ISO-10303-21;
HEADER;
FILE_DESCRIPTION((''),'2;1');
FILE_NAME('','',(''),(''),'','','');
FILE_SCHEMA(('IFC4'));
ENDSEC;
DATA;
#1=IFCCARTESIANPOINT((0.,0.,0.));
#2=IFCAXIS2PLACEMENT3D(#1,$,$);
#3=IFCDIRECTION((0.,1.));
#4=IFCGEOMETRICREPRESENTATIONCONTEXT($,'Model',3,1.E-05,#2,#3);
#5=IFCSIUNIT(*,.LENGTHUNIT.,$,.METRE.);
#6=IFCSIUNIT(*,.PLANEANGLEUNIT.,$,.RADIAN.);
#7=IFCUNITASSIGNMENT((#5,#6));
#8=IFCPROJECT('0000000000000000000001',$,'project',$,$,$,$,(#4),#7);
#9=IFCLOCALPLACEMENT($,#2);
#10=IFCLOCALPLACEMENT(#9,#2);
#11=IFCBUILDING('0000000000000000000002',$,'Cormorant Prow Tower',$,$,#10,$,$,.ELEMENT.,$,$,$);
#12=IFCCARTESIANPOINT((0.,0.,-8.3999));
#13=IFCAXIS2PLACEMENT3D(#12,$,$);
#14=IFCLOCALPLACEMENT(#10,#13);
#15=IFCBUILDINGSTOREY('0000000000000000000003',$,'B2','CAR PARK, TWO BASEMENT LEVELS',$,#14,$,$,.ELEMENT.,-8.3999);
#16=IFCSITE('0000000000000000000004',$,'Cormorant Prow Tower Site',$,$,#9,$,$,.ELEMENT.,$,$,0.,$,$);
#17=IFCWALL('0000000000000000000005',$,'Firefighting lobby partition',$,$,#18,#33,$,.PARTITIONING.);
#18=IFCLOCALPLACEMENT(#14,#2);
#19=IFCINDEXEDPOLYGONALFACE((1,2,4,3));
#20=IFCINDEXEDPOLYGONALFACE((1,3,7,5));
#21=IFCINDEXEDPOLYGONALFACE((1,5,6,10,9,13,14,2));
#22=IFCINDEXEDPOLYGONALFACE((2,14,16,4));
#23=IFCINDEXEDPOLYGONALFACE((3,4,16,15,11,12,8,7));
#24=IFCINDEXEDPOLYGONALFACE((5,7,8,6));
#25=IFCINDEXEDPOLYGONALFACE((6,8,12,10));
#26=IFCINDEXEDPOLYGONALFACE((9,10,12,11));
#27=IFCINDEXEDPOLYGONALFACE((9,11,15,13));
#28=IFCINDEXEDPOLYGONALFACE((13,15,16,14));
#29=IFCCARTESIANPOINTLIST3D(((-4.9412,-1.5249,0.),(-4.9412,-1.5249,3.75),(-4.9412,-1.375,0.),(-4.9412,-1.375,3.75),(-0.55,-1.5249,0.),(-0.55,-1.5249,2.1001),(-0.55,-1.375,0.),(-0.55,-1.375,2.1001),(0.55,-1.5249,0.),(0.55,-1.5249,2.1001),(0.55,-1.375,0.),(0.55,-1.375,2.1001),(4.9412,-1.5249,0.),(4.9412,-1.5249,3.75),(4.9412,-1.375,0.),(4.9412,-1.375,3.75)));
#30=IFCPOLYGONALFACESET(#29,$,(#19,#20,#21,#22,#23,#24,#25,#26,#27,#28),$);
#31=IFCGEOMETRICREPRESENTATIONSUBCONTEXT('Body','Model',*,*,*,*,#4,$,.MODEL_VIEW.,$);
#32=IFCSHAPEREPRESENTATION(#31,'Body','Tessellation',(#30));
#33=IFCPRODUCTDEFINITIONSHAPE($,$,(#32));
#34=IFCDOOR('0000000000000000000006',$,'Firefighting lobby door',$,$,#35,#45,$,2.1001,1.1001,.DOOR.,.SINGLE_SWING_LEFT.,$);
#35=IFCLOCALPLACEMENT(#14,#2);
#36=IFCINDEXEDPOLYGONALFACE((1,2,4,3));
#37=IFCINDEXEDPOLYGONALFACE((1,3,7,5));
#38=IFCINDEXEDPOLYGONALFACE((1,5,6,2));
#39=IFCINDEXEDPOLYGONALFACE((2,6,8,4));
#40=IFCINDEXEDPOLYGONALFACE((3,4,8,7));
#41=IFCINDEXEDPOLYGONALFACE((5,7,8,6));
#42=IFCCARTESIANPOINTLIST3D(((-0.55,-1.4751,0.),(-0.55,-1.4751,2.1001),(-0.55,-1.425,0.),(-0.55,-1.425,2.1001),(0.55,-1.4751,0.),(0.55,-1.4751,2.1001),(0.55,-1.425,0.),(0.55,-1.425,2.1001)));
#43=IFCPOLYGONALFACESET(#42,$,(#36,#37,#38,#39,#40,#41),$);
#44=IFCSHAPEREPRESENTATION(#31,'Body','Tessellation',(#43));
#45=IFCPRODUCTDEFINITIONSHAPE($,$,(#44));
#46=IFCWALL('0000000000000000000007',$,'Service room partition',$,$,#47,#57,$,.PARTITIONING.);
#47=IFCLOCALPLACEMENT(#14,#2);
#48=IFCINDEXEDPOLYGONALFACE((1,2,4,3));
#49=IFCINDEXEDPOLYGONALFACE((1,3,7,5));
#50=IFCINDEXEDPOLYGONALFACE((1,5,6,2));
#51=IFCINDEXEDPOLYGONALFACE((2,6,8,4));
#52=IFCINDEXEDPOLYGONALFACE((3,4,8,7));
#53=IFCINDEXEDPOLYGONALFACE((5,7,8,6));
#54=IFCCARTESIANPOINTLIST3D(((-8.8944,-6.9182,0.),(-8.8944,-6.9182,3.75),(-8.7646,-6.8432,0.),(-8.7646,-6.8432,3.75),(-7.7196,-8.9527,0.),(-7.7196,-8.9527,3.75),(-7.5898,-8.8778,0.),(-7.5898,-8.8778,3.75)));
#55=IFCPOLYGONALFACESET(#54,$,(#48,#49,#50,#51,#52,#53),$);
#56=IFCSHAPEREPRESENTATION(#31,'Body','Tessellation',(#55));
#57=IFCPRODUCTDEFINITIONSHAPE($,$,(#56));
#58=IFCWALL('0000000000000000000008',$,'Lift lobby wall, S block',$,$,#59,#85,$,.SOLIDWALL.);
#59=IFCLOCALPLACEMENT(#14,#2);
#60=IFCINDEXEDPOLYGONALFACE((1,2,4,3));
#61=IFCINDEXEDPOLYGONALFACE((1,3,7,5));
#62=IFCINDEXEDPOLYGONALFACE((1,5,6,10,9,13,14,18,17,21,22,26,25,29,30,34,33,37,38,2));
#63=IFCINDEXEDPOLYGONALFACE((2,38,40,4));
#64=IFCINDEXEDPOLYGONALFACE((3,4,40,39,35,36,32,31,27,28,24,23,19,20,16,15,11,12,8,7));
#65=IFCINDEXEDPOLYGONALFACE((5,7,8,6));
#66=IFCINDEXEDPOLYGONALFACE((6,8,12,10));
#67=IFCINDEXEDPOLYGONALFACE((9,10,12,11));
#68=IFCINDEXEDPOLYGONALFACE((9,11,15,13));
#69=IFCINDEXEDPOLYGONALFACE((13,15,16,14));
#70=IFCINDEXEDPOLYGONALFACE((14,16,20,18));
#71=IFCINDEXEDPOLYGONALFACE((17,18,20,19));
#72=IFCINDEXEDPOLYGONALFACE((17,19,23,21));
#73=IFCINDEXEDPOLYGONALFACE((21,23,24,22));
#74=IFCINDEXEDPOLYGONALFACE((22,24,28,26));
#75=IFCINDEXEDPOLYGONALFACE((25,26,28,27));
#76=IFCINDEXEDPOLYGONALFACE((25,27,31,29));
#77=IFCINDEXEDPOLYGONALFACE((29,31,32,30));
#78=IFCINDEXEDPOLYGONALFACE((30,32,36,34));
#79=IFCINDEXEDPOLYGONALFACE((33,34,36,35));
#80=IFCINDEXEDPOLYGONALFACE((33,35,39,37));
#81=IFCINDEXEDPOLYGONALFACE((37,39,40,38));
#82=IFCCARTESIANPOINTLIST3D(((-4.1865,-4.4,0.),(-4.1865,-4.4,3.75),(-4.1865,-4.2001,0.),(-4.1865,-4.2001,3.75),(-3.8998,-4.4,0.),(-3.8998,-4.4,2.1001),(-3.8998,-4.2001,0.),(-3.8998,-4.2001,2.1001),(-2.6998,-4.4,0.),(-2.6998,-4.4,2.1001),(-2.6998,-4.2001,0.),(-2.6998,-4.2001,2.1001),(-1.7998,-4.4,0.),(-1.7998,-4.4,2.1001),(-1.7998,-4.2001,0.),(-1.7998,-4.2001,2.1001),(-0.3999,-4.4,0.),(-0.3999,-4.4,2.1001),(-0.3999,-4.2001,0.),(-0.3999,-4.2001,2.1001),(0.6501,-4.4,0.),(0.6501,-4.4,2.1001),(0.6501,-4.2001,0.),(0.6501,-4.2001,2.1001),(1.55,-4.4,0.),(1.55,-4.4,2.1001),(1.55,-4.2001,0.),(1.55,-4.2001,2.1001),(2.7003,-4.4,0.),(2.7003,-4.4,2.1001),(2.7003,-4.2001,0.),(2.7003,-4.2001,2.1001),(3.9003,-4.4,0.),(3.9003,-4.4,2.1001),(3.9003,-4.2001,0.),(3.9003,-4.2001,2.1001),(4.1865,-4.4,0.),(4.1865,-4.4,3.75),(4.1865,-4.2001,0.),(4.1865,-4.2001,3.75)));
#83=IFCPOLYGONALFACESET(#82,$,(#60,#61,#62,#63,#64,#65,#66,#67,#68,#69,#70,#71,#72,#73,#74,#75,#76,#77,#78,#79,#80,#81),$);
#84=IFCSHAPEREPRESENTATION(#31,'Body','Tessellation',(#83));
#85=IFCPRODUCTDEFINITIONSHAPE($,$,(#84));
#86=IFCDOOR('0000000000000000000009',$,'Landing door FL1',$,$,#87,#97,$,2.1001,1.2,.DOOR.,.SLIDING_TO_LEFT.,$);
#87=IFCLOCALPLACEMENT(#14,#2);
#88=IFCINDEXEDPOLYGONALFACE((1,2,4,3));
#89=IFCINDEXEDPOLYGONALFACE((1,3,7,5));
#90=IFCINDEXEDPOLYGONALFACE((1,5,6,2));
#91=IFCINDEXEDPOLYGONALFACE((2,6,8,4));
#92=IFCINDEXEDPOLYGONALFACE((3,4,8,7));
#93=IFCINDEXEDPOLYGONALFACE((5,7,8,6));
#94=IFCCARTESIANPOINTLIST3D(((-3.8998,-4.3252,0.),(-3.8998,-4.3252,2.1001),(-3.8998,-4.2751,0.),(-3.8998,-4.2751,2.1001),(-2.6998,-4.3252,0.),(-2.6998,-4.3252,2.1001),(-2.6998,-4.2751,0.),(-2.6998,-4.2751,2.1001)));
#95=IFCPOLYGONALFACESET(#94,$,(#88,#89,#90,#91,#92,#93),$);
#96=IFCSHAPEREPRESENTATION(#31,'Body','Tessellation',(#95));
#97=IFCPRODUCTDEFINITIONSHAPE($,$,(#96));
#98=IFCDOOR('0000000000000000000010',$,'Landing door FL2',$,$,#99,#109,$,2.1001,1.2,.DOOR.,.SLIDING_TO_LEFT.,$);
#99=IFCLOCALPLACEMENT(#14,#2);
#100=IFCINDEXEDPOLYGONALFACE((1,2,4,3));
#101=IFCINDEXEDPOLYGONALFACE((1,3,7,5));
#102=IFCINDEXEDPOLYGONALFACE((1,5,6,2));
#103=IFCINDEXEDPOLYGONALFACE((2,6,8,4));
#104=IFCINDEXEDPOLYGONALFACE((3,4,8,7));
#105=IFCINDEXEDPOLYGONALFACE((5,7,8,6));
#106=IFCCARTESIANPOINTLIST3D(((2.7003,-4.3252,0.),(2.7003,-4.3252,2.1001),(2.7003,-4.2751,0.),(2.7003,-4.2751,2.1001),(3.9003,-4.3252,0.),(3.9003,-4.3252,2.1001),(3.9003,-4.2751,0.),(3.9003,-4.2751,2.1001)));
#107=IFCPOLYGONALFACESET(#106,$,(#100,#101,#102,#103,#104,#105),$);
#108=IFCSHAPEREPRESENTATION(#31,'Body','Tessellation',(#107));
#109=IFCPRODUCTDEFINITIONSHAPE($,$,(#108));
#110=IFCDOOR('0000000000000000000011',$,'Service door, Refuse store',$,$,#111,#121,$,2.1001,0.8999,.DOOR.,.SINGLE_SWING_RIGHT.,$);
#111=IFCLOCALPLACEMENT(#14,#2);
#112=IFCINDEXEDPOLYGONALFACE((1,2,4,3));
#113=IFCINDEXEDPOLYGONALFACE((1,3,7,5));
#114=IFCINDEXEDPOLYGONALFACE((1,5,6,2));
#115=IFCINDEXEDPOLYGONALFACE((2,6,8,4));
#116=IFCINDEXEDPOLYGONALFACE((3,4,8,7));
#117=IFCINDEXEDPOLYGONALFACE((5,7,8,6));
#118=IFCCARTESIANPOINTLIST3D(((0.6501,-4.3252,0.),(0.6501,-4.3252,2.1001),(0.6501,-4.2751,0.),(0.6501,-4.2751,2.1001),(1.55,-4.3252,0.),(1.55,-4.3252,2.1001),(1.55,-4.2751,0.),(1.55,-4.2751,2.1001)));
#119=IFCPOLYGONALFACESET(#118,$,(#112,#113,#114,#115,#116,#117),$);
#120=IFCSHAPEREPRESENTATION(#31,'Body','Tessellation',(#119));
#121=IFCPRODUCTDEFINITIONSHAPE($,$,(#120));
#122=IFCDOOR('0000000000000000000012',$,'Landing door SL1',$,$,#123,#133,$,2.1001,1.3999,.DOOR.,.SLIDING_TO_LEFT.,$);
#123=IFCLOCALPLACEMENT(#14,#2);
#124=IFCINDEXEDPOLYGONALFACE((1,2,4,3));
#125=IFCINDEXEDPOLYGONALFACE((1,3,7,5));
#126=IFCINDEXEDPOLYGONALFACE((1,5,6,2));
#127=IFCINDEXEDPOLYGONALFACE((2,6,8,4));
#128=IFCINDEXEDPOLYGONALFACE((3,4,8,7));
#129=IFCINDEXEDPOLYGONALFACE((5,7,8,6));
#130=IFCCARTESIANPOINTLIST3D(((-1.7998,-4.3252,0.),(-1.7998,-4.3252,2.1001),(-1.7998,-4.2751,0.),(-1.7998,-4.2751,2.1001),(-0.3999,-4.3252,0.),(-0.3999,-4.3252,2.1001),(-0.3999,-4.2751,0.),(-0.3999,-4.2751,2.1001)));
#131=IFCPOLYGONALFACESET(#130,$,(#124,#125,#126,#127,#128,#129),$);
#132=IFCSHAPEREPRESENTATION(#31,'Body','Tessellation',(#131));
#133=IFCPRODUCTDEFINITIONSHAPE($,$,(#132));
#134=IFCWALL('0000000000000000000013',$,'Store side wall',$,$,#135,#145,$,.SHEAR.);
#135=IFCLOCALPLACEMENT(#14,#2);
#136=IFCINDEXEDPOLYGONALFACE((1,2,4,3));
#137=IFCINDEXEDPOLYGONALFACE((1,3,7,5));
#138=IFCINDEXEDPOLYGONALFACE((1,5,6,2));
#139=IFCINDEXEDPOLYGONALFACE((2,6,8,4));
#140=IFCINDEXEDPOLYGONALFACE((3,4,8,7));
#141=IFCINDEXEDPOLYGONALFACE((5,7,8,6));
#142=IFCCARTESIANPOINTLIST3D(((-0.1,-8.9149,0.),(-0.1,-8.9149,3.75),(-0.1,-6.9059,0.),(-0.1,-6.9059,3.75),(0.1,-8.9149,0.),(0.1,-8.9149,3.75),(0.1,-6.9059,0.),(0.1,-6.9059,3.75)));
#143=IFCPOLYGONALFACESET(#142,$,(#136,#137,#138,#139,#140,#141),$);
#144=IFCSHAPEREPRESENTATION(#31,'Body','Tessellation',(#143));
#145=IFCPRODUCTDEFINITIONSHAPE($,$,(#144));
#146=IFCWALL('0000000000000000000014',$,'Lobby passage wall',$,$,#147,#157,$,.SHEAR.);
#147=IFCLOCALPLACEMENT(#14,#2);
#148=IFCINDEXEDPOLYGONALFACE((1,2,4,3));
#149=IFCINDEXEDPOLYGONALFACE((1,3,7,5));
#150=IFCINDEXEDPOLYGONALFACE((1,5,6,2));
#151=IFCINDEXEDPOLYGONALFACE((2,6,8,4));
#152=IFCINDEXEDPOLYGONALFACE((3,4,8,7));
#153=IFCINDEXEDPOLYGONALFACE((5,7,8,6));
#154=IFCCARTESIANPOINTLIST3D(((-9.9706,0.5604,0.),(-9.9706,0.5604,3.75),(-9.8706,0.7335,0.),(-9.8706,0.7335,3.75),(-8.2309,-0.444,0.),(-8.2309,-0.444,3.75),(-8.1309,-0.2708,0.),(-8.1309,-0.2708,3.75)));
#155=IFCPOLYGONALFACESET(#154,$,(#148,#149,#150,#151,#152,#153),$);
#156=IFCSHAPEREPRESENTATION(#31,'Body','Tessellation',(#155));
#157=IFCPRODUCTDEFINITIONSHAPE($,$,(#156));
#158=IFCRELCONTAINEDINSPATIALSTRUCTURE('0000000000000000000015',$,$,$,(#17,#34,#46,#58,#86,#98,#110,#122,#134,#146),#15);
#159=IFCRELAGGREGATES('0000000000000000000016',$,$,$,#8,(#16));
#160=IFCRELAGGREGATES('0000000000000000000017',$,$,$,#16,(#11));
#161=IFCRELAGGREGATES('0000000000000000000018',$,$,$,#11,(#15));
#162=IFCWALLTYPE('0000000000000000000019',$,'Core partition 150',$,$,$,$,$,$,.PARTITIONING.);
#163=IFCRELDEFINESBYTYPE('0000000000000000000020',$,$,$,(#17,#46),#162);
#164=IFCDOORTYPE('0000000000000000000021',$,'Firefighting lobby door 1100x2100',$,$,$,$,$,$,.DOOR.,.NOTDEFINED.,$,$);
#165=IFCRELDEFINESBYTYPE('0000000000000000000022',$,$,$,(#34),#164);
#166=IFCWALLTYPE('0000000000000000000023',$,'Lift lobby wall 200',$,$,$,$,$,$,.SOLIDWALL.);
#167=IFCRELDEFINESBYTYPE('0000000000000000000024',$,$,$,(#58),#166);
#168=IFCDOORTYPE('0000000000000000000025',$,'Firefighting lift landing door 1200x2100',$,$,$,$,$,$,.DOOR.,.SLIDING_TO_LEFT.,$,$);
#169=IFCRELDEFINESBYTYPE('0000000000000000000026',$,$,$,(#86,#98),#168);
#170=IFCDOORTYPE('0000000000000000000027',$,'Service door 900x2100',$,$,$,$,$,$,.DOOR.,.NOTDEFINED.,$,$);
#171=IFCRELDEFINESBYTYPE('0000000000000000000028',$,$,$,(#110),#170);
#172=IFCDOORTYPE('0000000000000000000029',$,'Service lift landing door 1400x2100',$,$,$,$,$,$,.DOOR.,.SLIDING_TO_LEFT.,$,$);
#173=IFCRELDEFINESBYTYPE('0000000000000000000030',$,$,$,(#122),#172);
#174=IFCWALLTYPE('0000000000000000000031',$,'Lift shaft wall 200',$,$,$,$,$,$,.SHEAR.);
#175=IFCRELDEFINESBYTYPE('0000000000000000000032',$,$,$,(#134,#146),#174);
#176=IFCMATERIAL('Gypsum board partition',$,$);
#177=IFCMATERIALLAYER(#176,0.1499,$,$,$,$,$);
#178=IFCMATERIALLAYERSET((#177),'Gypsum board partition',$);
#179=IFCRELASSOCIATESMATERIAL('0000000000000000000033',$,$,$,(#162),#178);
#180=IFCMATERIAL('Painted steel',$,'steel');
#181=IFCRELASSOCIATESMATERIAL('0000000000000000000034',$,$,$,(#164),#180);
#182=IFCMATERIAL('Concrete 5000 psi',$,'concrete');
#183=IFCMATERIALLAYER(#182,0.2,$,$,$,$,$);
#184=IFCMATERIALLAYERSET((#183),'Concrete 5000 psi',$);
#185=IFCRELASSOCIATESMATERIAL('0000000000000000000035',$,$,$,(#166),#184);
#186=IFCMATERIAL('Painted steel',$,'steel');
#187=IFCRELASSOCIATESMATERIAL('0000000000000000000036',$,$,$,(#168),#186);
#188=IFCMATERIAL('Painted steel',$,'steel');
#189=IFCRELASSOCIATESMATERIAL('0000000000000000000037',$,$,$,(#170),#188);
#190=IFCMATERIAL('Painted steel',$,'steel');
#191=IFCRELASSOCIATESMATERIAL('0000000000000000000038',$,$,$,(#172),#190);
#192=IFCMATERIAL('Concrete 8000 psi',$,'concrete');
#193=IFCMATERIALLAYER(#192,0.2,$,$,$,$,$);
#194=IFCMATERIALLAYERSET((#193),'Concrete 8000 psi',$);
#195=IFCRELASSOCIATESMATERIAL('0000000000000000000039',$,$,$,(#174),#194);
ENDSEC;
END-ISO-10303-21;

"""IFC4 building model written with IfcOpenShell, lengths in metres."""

from ifc_helpers import new_model, si_unit, direction, frame, frame_2d, origin, place, context, subcontext, project, spatial, rectangle, extrude, material, layer, layer_set, type_object, element, fill, save


model = new_model("IFC4")

# Units and contexts
model_context = context("Model", 3, precision=1e-05, world=origin(), true_north=direction((0.0, 1.0)))
body_context = subcontext(model_context, "Body", "Model", "MODEL_VIEW")
ifc_project = project(units=[si_unit("LENGTHUNIT", "METRE"), si_unit("PLANEANGLEUNIT", "RADIAN")], contexts=[model_context])

# Site, building, storey
site_placement = place(None, origin())
site = spatial("IfcSite", under=ifc_project, at=site_placement, Name="Cormorant Prow Tower Site", CompositionType="ELEMENT", RefElevation=0.0)
building_placement = place(site_placement, origin())
building = spatial("IfcBuilding", under=site, at=building_placement, Name="Cormorant Prow Tower", CompositionType="ELEMENT")
storey_placement = place(building_placement, frame((0.0, 0.0, -8.3999)))
storey = spatial("IfcBuildingStorey", under=building, at=storey_placement, Name="B2", Description="CAR PARK, TWO BASEMENT LEVELS", CompositionType="ELEMENT", Elevation=-8.3999)

# Wall, opening, door
ifc_material_1 = material(Name="Gypsum board partition")
ifc_layer_1 = layer(ifc_material_1, 0.1499)
ifc_layer_set_1 = layer_set([ifc_layer_1], Name="Gypsum board partition")
wall_type_1 = type_object("IfcWallType", Name="Core partition 150", PredefinedType="PARTITIONING", material=ifc_layer_set_1)
wall_1_placement = place(storey_placement, frame((-4.9412, -1.45, 0.0), z_axis=(0.0, 0.0, 1.0), x_axis=(1.0, 0.0, 0.0)))
wall_1 = element("IfcWall", 1, at=wall_1_placement, inside=storey, type_object=wall_type_1, Name="Firefighting lobby partition", PredefinedType="PARTITIONING", context=body_context, shape_type="SweptSolid", body=[
    extrude(rectangle(XDim=9.8823, YDim=0.1499, at=frame_2d((4.9412, 0.0))), origin(), (0.0, 0.0, 1.0), 3.75),
])
opening_1_placement = place(wall_1_placement, frame((4.3911, 0.0, 0.0)))
opening_1 = element("IfcOpeningElement", 2, at=opening_1_placement, cuts=wall_1, PredefinedType="OPENING", context=body_context, shape_type="SweptSolid", body=[
    extrude(rectangle(XDim=1.1001, YDim=2.1001, at=frame_2d((0.55, 1.05))), frame((0.0, 0.085, 0.0), z_axis=(0.0, -1.0, 0.0), x_axis=(1.0, 0.0, 0.0)), (0.0, 0.0, 1.0), 0.1699),
])
ifc_material_2 = material(Name="Painted steel", Category="steel")
door_type_1 = type_object("IfcDoorType", Name="Firefighting lobby door 1100x2100", OperationType="NOTDEFINED", PredefinedType="DOOR", material=ifc_material_2)
door_1_placement = place(opening_1_placement, origin())
door_1 = element("IfcDoor", 3, at=door_1_placement, inside=storey, type_object=door_type_1, Name="Firefighting lobby door", OperationType="SINGLE_SWING_LEFT", OverallHeight=2.1001, OverallWidth=1.1001, PredefinedType="DOOR", context=body_context, shape_type="SweptSolid", body=[
    extrude(rectangle(XDim=1.1001, YDim=2.1001, at=frame_2d((0.55, 1.05))), frame((0.0, 0.0249, 0.0), z_axis=(0.0, -1.0, 0.0), x_axis=(1.0, 0.0, 0.0)), (0.0, 0.0, 1.0), 0.05),
])
fill(opening_1, door_1)

# Wall
wall_2_placement = place(storey_placement, frame((-8.8296, -6.8806, 0.0), z_axis=(0.0, 0.0, 1.0), x_axis=(0.500073, -0.865983, 0.0)))
element("IfcWall", 4, at=wall_2_placement, inside=storey, type_object=wall_type_1, Name="Service room partition", PredefinedType="PARTITIONING", context=body_context, shape_type="SweptSolid", body=[
    extrude(rectangle(XDim=2.3494, YDim=0.1499, at=frame_2d((1.1748, 0.0))), origin(), (0.0, 0.0, 1.0), 3.75),
])

# Wall, openings, doors
ifc_material_3 = material(Name="Concrete 5000 psi", Category="concrete")
ifc_layer_2 = layer(ifc_material_3, 0.2)
ifc_layer_set_2 = layer_set([ifc_layer_2], Name="Concrete 5000 psi")
wall_type_2 = type_object("IfcWallType", Name="Lift lobby wall 200", PredefinedType="SOLIDWALL", material=ifc_layer_set_2)
wall_3_placement = place(storey_placement, frame((-4.1865, -4.3, 0.0), z_axis=(0.0, 0.0, 1.0), x_axis=(1.0, 0.0, 0.0)))
wall_3 = element("IfcWall", 5, at=wall_3_placement, inside=storey, type_object=wall_type_2, Name="Lift lobby wall, S block", PredefinedType="SOLIDWALL", context=body_context, shape_type="SweptSolid", body=[
    extrude(rectangle(XDim=8.373, YDim=0.2, at=frame_2d((4.1865, 0.0))), origin(), (0.0, 0.0, 1.0), 3.75),
])
opening_2_placement = place(wall_3_placement, frame((0.2866, 0.0, 0.0)))
opening_2 = element("IfcOpeningElement", 6, at=opening_2_placement, cuts=wall_3, PredefinedType="OPENING", context=body_context, shape_type="SweptSolid", body=[
    extrude(rectangle(XDim=1.2, YDim=2.1001, at=frame_2d((0.6001, 1.05))), frame((0.0, 0.1099, 0.0), z_axis=(0.0, -1.0, 0.0), x_axis=(1.0, 0.0, 0.0)), (0.0, 0.0, 1.0), 0.22),
])
opening_3_placement = place(wall_3_placement, frame((2.3867, 0.0, 0.0)))
opening_3 = element("IfcOpeningElement", 7, at=opening_3_placement, cuts=wall_3, PredefinedType="OPENING", context=body_context, shape_type="SweptSolid", body=[
    extrude(rectangle(XDim=1.3999, YDim=2.1001, at=frame_2d((0.7, 1.05))), frame((0.0, 0.1099, 0.0), z_axis=(0.0, -1.0, 0.0), x_axis=(1.0, 0.0, 0.0)), (0.0, 0.0, 1.0), 0.22),
])
opening_4_placement = place(wall_3_placement, frame((4.8367, 0.0, 0.0)))
opening_4 = element("IfcOpeningElement", 8, at=opening_4_placement, cuts=wall_3, PredefinedType="OPENING", context=body_context, shape_type="SweptSolid", body=[
    extrude(rectangle(XDim=0.8999, YDim=2.1001, at=frame_2d((0.45, 1.05))), frame((0.0, 0.1099, 0.0), z_axis=(0.0, -1.0, 0.0), x_axis=(1.0, 0.0, 0.0)), (0.0, 0.0, 1.0), 0.22),
])
opening_5_placement = place(wall_3_placement, frame((6.8867, 0.0, 0.0)))
opening_5 = element("IfcOpeningElement", 9, at=opening_5_placement, cuts=wall_3, PredefinedType="OPENING", context=body_context, shape_type="SweptSolid", body=[
    extrude(rectangle(XDim=1.2, YDim=2.1001, at=frame_2d((0.6001, 1.05))), frame((0.0, 0.1099, 0.0), z_axis=(0.0, -1.0, 0.0), x_axis=(1.0, 0.0, 0.0)), (0.0, 0.0, 1.0), 0.22),
])
ifc_material_4 = material(Name="Painted steel", Category="steel")
door_type_2 = type_object("IfcDoorType", Name="Firefighting lift landing door 1200x2100", OperationType="SLIDING_TO_LEFT", PredefinedType="DOOR", material=ifc_material_4)
door_2_placement = place(opening_2_placement, origin())
door_2 = element("IfcDoor", 10, at=door_2_placement, inside=storey, type_object=door_type_2, Name="Landing door FL1", OperationType="SLIDING_TO_LEFT", OverallHeight=2.1001, OverallWidth=1.2, PredefinedType="DOOR", context=body_context, shape_type="SweptSolid", body=[
    extrude(rectangle(XDim=1.2, YDim=2.1001, at=frame_2d((0.6001, 1.05))), frame((0.0, 0.0249, 0.0), z_axis=(0.0, -1.0, 0.0), x_axis=(1.0, 0.0, 0.0)), (0.0, 0.0, 1.0), 0.05),
])
fill(opening_2, door_2)
door_3_placement = place(opening_5_placement, origin())
door_3 = element("IfcDoor", 11, at=door_3_placement, inside=storey, type_object=door_type_2, Name="Landing door FL2", OperationType="SLIDING_TO_LEFT", OverallHeight=2.1001, OverallWidth=1.2, PredefinedType="DOOR", context=body_context, shape_type="SweptSolid", body=[
    extrude(rectangle(XDim=1.2, YDim=2.1001, at=frame_2d((0.6001, 1.05))), frame((0.0, 0.0249, 0.0), z_axis=(0.0, -1.0, 0.0), x_axis=(1.0, 0.0, 0.0)), (0.0, 0.0, 1.0), 0.05),
])
fill(opening_5, door_3)
ifc_material_5 = material(Name="Painted steel", Category="steel")
door_type_3 = type_object("IfcDoorType", Name="Service door 900x2100", OperationType="NOTDEFINED", PredefinedType="DOOR", material=ifc_material_5)
door_4_placement = place(opening_4_placement, origin())
door_4 = element("IfcDoor", 12, at=door_4_placement, inside=storey, type_object=door_type_3, Name="Service door, Refuse store", OperationType="SINGLE_SWING_RIGHT", OverallHeight=2.1001, OverallWidth=0.8999, PredefinedType="DOOR", context=body_context, shape_type="SweptSolid", body=[
    extrude(rectangle(XDim=0.8999, YDim=2.1001, at=frame_2d((0.45, 1.05))), frame((0.0, 0.0249, 0.0), z_axis=(0.0, -1.0, 0.0), x_axis=(1.0, 0.0, 0.0)), (0.0, 0.0, 1.0), 0.05),
])
fill(opening_4, door_4)
ifc_material_6 = material(Name="Painted steel", Category="steel")
door_type_4 = type_object("IfcDoorType", Name="Service lift landing door 1400x2100", OperationType="SLIDING_TO_LEFT", PredefinedType="DOOR", material=ifc_material_6)
door_5_placement = place(opening_3_placement, origin())
door_5 = element("IfcDoor", 13, at=door_5_placement, inside=storey, type_object=door_type_4, Name="Landing door SL1", OperationType="SLIDING_TO_LEFT", OverallHeight=2.1001, OverallWidth=1.3999, PredefinedType="DOOR", context=body_context, shape_type="SweptSolid", body=[
    extrude(rectangle(XDim=1.3999, YDim=2.1001, at=frame_2d((0.7, 1.05))), frame((0.0, 0.0249, 0.0), z_axis=(0.0, -1.0, 0.0), x_axis=(1.0, 0.0, 0.0)), (0.0, 0.0, 1.0), 0.05),
])
fill(opening_3, door_5)

# Walls
ifc_material_7 = material(Name="Concrete 8000 psi", Category="concrete")
ifc_layer_3 = layer(ifc_material_7, 0.2)
ifc_layer_set_3 = layer_set([ifc_layer_3], Name="Concrete 8000 psi")
wall_type_3 = type_object("IfcWallType", Name="Lift shaft wall 200", PredefinedType="SHEAR", material=ifc_layer_set_3)
wall_4_placement = place(storey_placement, frame((0.0, -6.906, 0.0), z_axis=(0.0, 0.0, 1.0), x_axis=(0.0, -1.0, 0.0)))
element("IfcWall", 14, at=wall_4_placement, inside=storey, type_object=wall_type_3, Name="Store side wall", PredefinedType="SHEAR", context=body_context, shape_type="SweptSolid", body=[
    extrude(rectangle(XDim=2.009, YDim=0.2, at=frame_2d((1.0044, 0.0))), origin(), (0.0, 0.0, 1.0), 3.75),
])
wall_5_placement = place(storey_placement, frame((-8.1809, -0.3574, 0.0), z_axis=(0.0, 0.0, 1.0), x_axis=(-0.866036, 0.499982, 0.0)))
element("IfcWall", 15, at=wall_5_placement, inside=storey, type_object=wall_type_3, Name="Lobby passage wall", PredefinedType="SHEAR", context=body_context, shape_type="SweptSolid", body=[
    extrude(rectangle(XDim=2.0088, YDim=0.2, at=frame_2d((1.0044, 0.0))), origin(), (0.0, 0.0, 1.0), 3.75),
])

save(model, "model.ifc")
